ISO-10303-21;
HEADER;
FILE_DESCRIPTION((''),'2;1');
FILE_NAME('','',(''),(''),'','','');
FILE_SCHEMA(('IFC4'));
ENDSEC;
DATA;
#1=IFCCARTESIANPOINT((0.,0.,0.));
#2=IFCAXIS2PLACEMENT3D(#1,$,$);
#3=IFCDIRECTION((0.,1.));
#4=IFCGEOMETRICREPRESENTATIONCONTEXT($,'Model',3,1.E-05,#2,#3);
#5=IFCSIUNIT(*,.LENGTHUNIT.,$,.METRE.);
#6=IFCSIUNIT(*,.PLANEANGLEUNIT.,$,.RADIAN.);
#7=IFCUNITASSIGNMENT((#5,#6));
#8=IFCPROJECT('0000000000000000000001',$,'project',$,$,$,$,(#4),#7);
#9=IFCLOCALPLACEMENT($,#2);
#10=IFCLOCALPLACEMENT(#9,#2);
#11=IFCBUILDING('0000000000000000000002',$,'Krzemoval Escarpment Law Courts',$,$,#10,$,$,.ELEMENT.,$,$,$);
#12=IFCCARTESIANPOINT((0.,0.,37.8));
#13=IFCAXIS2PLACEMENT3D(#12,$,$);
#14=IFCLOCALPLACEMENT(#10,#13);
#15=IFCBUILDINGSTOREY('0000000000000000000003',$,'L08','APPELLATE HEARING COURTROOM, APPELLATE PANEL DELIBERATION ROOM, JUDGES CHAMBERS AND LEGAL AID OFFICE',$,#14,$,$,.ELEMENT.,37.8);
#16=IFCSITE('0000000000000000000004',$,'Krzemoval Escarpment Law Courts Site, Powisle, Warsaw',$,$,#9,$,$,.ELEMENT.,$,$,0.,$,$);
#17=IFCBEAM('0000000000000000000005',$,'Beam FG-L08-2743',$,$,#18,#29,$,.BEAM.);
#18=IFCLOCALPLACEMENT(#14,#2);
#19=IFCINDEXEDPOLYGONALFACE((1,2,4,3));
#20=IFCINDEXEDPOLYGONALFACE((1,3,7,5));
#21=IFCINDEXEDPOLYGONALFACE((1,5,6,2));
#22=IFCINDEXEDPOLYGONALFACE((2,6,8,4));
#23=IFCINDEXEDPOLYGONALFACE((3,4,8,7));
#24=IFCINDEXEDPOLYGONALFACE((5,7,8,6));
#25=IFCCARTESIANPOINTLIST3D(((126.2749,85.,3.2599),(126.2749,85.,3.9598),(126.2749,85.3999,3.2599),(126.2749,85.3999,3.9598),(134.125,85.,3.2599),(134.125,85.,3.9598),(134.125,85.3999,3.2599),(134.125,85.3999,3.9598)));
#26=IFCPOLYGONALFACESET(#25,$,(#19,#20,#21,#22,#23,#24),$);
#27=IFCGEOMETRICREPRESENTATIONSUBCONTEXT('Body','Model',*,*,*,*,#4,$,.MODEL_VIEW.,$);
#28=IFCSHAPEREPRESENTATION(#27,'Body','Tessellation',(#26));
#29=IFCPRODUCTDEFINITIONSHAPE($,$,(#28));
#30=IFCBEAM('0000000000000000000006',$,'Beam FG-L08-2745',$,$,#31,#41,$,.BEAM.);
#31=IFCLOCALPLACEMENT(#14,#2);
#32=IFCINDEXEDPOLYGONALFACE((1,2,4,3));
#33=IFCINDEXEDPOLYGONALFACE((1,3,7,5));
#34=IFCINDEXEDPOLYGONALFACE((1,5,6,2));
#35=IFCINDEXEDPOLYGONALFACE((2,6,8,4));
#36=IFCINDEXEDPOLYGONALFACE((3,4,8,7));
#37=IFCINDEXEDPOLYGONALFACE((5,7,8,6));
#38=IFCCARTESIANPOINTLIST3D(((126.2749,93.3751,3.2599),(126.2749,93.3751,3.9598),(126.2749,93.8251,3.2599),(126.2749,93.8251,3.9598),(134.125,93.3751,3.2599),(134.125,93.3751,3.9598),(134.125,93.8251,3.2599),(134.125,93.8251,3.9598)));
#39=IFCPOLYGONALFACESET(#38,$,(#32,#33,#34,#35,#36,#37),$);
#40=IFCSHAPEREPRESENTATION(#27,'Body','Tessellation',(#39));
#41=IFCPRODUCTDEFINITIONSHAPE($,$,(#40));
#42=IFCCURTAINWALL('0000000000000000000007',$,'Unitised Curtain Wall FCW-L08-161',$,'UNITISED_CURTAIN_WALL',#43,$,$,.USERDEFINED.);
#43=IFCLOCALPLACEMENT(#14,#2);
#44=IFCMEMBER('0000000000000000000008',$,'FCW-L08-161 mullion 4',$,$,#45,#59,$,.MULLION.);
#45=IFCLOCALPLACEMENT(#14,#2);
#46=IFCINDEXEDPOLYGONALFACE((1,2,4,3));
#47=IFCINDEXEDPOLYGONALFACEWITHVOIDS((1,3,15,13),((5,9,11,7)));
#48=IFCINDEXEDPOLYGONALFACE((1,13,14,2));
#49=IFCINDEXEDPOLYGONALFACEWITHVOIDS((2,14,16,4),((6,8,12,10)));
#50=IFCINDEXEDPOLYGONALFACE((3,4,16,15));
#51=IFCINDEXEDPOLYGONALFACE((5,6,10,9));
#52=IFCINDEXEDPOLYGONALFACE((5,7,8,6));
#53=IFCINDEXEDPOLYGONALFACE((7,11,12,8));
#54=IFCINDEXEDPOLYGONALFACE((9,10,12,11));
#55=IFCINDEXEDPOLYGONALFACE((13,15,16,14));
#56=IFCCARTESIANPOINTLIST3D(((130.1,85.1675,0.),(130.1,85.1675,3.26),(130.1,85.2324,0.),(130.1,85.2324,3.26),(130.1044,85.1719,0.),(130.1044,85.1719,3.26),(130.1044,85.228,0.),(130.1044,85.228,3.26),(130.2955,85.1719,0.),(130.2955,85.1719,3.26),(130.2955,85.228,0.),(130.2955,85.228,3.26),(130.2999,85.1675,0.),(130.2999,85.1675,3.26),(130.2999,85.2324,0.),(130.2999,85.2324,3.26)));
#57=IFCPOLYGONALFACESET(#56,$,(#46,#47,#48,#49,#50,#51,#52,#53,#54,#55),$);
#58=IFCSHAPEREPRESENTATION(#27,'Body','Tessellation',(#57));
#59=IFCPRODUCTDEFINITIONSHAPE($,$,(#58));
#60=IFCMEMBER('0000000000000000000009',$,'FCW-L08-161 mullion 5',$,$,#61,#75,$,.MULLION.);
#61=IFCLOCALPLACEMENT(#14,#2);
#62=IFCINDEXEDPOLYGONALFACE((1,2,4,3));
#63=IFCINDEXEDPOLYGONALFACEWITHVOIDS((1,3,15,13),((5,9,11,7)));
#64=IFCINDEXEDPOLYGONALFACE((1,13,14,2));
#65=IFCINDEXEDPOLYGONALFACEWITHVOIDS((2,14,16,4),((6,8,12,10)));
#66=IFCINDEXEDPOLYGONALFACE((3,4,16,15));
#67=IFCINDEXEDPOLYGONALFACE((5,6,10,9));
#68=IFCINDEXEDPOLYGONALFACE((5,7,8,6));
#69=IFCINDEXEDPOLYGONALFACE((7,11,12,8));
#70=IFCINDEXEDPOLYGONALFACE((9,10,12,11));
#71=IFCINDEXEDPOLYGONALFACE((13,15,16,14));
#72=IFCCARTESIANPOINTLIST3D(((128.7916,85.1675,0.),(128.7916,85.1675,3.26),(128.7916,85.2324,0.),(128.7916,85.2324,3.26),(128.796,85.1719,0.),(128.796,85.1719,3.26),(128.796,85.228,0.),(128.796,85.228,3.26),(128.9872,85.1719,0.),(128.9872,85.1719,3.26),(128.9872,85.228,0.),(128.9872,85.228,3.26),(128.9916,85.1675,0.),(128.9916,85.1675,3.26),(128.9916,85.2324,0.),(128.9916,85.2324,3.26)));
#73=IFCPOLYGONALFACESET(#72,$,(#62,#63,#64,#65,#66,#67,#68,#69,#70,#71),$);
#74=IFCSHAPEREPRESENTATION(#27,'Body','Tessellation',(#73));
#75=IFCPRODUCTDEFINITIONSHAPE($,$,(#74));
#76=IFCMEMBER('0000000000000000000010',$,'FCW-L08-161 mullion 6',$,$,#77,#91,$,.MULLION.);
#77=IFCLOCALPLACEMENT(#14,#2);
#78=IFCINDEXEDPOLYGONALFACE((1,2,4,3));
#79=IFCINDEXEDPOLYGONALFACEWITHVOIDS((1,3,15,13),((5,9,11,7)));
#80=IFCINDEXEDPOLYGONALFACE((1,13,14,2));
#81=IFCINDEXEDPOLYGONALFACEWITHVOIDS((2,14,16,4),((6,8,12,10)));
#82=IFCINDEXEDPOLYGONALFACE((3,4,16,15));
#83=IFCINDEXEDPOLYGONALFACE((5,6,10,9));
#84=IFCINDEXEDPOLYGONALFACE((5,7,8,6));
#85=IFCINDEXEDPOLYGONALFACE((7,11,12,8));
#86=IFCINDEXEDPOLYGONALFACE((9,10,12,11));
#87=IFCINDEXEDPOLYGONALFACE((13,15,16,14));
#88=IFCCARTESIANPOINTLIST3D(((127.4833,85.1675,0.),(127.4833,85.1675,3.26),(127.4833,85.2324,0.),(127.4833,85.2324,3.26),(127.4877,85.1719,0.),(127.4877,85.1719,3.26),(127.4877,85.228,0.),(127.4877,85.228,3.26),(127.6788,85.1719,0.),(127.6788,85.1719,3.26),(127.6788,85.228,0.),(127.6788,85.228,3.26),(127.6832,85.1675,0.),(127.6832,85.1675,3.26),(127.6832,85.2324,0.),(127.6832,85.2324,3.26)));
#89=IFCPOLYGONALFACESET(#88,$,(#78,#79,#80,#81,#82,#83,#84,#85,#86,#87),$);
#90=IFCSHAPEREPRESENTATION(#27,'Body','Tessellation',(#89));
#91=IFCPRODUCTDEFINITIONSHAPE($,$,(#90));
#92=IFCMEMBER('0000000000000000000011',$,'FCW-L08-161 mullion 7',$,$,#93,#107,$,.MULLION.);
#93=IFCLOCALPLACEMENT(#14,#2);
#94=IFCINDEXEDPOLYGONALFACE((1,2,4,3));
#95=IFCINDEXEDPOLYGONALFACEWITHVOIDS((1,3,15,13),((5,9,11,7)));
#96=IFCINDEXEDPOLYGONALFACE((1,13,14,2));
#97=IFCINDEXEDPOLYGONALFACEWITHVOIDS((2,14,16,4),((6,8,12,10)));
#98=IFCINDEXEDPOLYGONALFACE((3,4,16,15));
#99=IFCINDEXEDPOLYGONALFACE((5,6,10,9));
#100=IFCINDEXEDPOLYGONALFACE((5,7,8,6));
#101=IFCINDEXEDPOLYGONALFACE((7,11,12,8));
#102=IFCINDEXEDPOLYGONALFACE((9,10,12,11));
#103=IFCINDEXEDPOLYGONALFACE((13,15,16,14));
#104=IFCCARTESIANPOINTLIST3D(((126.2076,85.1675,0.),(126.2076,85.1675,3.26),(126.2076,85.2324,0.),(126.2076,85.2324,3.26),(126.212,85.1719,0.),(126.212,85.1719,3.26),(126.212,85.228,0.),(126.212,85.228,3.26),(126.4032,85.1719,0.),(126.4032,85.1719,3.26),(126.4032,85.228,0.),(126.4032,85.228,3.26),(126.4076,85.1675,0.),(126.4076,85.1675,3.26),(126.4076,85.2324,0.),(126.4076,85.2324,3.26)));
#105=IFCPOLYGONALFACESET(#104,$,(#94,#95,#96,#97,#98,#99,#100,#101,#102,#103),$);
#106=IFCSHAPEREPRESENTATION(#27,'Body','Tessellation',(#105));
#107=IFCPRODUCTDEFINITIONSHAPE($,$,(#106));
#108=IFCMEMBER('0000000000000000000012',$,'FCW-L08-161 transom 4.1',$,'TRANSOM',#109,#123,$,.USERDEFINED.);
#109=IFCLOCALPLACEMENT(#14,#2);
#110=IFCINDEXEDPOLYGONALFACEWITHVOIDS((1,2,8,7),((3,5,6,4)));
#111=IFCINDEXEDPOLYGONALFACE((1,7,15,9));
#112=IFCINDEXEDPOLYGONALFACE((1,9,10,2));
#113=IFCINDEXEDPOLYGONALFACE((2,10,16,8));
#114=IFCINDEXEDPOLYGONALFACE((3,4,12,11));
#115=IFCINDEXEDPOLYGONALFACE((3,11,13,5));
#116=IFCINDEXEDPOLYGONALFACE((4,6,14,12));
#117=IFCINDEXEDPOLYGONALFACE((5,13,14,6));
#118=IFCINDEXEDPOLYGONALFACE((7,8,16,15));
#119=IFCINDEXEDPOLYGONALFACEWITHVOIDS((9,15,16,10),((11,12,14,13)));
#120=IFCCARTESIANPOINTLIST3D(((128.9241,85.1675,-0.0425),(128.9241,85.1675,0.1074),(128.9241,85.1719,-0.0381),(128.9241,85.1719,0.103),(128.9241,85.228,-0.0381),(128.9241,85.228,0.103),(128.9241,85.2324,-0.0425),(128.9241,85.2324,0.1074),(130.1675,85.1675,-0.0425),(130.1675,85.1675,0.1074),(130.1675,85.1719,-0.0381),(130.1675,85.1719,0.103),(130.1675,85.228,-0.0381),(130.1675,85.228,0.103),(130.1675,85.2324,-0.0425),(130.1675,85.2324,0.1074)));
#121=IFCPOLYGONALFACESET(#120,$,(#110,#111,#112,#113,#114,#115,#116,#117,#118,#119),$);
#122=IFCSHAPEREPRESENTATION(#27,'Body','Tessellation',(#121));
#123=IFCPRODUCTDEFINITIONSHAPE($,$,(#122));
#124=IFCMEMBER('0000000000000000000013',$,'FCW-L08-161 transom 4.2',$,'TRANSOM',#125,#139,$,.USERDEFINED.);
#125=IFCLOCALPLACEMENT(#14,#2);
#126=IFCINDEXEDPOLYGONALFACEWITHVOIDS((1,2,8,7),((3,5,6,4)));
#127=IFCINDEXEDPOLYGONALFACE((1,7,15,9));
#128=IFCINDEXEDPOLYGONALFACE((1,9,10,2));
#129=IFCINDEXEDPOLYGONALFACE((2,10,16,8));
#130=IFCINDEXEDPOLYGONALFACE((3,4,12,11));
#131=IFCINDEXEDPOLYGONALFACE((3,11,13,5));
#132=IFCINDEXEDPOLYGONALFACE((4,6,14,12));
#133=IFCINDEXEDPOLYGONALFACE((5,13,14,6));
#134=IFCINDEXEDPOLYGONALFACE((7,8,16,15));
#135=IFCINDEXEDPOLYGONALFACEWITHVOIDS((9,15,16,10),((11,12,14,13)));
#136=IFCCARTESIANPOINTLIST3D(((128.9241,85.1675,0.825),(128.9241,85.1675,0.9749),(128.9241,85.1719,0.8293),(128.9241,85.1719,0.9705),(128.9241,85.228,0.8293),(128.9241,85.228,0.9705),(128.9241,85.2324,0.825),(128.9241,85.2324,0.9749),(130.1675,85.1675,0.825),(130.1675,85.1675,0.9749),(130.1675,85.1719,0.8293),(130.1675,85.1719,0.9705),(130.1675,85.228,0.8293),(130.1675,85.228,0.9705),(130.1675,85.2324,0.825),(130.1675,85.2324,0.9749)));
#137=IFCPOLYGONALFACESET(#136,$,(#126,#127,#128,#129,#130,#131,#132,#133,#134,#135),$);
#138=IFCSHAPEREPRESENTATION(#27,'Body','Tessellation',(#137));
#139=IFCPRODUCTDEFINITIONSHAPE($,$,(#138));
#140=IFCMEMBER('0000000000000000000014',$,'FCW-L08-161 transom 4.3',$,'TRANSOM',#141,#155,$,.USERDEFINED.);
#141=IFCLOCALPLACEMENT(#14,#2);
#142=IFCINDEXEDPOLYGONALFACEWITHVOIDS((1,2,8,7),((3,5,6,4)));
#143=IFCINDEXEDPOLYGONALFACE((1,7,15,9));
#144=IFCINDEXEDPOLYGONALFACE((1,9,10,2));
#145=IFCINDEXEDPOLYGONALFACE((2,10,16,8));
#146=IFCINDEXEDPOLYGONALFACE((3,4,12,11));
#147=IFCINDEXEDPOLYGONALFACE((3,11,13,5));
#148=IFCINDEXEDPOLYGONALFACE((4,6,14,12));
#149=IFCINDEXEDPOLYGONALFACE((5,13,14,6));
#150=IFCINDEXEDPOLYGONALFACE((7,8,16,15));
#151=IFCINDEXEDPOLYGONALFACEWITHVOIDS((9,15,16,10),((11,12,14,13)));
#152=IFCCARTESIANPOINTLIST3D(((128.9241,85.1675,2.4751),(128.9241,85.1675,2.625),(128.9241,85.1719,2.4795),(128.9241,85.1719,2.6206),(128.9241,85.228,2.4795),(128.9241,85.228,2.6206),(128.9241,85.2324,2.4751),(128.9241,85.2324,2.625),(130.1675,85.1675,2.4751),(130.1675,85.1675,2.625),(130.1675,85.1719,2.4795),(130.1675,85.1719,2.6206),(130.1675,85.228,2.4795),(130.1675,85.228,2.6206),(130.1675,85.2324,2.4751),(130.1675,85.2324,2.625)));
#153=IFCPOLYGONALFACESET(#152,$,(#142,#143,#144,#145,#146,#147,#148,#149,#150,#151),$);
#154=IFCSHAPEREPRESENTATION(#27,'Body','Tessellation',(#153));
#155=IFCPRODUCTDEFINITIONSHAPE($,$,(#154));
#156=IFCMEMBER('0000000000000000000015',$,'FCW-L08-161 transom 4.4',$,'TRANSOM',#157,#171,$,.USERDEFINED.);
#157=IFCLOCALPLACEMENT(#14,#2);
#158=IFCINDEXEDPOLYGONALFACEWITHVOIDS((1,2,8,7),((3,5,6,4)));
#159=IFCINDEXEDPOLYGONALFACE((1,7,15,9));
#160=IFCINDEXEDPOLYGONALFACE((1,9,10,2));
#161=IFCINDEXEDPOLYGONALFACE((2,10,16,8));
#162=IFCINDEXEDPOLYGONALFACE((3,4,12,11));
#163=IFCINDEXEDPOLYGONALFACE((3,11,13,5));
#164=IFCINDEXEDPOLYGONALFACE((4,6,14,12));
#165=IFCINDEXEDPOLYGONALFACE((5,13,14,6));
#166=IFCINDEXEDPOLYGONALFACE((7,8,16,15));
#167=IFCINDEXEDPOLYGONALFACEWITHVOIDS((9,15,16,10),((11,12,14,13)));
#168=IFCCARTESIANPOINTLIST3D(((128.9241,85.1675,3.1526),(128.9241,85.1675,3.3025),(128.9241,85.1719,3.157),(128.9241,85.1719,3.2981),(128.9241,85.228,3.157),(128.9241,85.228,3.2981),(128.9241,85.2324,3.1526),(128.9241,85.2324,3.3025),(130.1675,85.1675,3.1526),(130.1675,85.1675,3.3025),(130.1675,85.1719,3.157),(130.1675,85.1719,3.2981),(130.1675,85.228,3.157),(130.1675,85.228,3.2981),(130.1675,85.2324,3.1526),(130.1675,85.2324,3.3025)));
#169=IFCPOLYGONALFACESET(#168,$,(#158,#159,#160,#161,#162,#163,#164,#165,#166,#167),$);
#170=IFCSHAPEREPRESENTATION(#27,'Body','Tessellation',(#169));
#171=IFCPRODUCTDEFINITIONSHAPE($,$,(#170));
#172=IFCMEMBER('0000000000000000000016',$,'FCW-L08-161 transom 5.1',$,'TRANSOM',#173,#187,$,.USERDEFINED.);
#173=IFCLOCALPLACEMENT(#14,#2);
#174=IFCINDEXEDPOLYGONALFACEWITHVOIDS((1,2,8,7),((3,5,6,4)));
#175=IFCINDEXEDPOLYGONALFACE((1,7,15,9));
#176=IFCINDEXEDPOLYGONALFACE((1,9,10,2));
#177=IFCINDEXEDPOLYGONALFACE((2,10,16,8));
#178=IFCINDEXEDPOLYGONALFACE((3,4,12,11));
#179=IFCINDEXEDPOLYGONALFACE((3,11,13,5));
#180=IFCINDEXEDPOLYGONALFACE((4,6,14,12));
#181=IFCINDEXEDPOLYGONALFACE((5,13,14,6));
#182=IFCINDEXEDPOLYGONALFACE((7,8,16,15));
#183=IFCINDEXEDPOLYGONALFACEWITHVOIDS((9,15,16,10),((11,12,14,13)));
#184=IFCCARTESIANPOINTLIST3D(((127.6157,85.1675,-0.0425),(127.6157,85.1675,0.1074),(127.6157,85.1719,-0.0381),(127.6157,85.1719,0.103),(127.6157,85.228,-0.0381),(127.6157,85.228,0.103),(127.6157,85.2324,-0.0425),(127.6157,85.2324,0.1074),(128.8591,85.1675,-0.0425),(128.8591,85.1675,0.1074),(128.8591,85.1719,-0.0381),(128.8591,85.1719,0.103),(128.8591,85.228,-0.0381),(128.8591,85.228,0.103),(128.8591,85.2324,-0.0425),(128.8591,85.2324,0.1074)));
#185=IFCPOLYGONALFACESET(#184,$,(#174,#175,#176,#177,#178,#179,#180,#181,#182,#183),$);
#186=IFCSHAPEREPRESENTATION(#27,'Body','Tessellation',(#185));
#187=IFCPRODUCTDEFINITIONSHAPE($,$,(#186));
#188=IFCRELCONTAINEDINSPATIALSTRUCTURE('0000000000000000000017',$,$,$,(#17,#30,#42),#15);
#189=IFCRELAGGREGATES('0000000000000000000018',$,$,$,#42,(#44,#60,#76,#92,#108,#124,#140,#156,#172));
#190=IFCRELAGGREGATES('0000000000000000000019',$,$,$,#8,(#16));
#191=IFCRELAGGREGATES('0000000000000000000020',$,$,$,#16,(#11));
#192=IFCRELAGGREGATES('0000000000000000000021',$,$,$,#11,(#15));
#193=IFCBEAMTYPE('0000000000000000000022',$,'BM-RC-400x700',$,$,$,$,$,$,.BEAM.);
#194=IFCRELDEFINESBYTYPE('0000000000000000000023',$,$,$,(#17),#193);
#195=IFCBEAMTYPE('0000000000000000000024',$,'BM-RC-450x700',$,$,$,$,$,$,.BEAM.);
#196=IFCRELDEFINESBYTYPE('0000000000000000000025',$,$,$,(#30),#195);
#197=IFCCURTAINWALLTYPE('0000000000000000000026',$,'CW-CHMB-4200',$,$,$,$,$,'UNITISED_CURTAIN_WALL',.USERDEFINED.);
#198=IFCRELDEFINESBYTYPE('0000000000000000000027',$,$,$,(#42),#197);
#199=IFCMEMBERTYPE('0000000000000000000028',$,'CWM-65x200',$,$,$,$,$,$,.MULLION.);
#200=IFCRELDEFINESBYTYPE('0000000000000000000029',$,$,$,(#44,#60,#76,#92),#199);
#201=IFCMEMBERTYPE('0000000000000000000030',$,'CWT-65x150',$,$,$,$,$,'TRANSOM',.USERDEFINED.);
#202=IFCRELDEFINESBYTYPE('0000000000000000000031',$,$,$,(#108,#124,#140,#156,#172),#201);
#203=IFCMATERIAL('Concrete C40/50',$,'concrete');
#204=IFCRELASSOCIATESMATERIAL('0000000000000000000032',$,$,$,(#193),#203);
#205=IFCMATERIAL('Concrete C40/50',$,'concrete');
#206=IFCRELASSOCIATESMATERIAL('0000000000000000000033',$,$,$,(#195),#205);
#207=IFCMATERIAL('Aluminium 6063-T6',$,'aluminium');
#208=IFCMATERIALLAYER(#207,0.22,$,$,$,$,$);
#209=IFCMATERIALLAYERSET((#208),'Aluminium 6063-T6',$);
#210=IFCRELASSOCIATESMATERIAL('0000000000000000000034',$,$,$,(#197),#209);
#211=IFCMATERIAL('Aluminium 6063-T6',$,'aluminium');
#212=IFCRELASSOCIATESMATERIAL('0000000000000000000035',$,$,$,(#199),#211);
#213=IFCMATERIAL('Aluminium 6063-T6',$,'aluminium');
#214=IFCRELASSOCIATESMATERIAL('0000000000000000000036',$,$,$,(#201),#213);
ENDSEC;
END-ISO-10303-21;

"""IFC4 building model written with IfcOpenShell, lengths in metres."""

from ifc_helpers import new_model, si_unit, direction, frame, origin, origin_2d, place, context, subcontext, project, spatial, rectangle, hollow_rectangle, extrude, material, layer, layer_set, material_profile, profile_set, type_object, element, aggregate, save


model = new_model("IFC4")

# Units and contexts
model_context = context("Model", 3, precision=1e-05, world=origin(), true_north=direction((0.0, 1.0)))
body_context = subcontext(model_context, "Body", "Model", "MODEL_VIEW")
ifc_project = project(units=[si_unit("LENGTHUNIT", "METRE"), si_unit("PLANEANGLEUNIT", "RADIAN")], contexts=[model_context])

# Site, building, storey
site_placement = place(None, origin())
site = spatial("IfcSite", under=ifc_project, at=site_placement, Name="Krzemoval Escarpment Law Courts Site, Powisle, Warsaw", CompositionType="ELEMENT", RefElevation=0.0)
building_placement = place(site_placement, origin())
building = spatial("IfcBuilding", under=site, at=building_placement, Name="Krzemoval Escarpment Law Courts", CompositionType="ELEMENT")
storey_placement = place(building_placement, frame((0.0, 0.0, 37.8)))
storey = spatial("IfcBuildingStorey", under=building, at=storey_placement, Name="L08", Description="APPELLATE HEARING COURTROOM, APPELLATE PANEL DELIBERATION ROOM, JUDGES CHAMBERS AND LEGAL AID OFFICE", CompositionType="ELEMENT", Elevation=37.8)

# Beams
ifc_material_1 = material(Name="Concrete C40/50", Category="concrete")
ifc_material_profile_1 = material_profile(ifc_material_1, rectangle(XDim=0.3999, YDim=0.7, at=origin_2d()), Name="RCB 400x700")
ifc_profile_set_1 = profile_set([ifc_material_profile_1], Name="Concrete C40/50")
beam_type_1 = type_object("IfcBeamType", Name="BM-RC-400x700", PredefinedType="BEAM", material=ifc_profile_set_1)
beam_1_placement = place(storey_placement, frame((126.2749, 85.2, 3.6099), z_axis=(1.0, 0.0, 0.0), x_axis=(0.0, 1.0, 0.0)))
element("IfcBeam", 1, at=beam_1_placement, inside=storey, type_object=beam_type_1, Name="Beam FG-L08-2743", PredefinedType="BEAM", context=body_context, shape_type="SweptSolid", body=[
    extrude(rectangle(XDim=0.3999, YDim=0.7, at=origin_2d()), origin(), (0.0, 0.0, 1.0), 7.8501),
])
ifc_material_2 = material(Name="Concrete C40/50", Category="concrete")
ifc_material_profile_2 = material_profile(ifc_material_2, rectangle(XDim=0.45, YDim=0.7, at=origin_2d()), Name="RCB 450x700")
ifc_profile_set_2 = profile_set([ifc_material_profile_2], Name="Concrete C40/50")
beam_type_2 = type_object("IfcBeamType", Name="BM-RC-450x700", PredefinedType="BEAM", material=ifc_profile_set_2)
beam_2_placement = place(storey_placement, frame((126.2749, 93.6001, 3.6099), z_axis=(1.0, 0.0, 0.0), x_axis=(0.0, 1.0, 0.0)))
element("IfcBeam", 2, at=beam_2_placement, inside=storey, type_object=beam_type_2, Name="Beam FG-L08-2745", PredefinedType="BEAM", context=body_context, shape_type="SweptSolid", body=[
    extrude(rectangle(XDim=0.45, YDim=0.7, at=origin_2d()), origin(), (0.0, 0.0, 1.0), 7.8501),
])

# Curtain wall, members
ifc_material_3 = material(Name="Aluminium 6063-T6", Category="aluminium")
ifc_layer_1 = layer(ifc_material_3, 0.22)
ifc_layer_set_1 = layer_set([ifc_layer_1], Name="Aluminium 6063-T6")
curtain_wall_type = type_object("IfcCurtainWallType", Name="CW-CHMB-4200", ElementType="UNITISED_CURTAIN_WALL", PredefinedType="USERDEFINED", material=ifc_layer_set_1)
curtain_wall_placement = place(storey_placement, origin())
curtain_wall = element("IfcCurtainWall", 3, at=curtain_wall_placement, inside=storey, type_object=curtain_wall_type, Name="Unitised Curtain Wall FCW-L08-161", ObjectType="UNITISED_CURTAIN_WALL", PredefinedType="USERDEFINED")
ifc_material_4 = material(Name="Aluminium 6063-T6", Category="aluminium")
ifc_material_profile_3 = material_profile(ifc_material_4, hollow_rectangle(XDim=0.0649, YDim=0.2, WallThickness=0.0044, at=origin_2d()), Name="ALU M65x200")
ifc_profile_set_3 = profile_set([ifc_material_profile_3], Name="Aluminium 6063-T6")
member_type_1 = type_object("IfcMemberType", Name="CWM-65x200", PredefinedType="MULLION", material=ifc_profile_set_3)
member_1_placement = place(storey_placement, frame((130.2, 85.2, 0.0), z_axis=(0.0, 0.0, 1.0), x_axis=(0.0, -1.0, 0.0)))
member_1 = element("IfcMember", 4, at=member_1_placement, type_object=member_type_1, Name="FCW-L08-161 mullion 4", PredefinedType="MULLION", context=body_context, shape_type="SweptSolid", body=[
    extrude(hollow_rectangle(XDim=0.0649, YDim=0.2, WallThickness=0.0044, at=origin_2d()), origin(), (0.0, 0.0, 1.0), 3.26),
])
member_2_placement = place(storey_placement, frame((128.8916, 85.2, 0.0), z_axis=(0.0, 0.0, 1.0), x_axis=(0.0, -1.0, 0.0)))
member_2 = element("IfcMember", 5, at=member_2_placement, type_object=member_type_1, Name="FCW-L08-161 mullion 5", PredefinedType="MULLION", context=body_context, shape_type="SweptSolid", body=[
    extrude(hollow_rectangle(XDim=0.0649, YDim=0.2, WallThickness=0.0044, at=origin_2d()), origin(), (0.0, 0.0, 1.0), 3.26),
])
member_3_placement = place(storey_placement, frame((127.5833, 85.2, 0.0), z_axis=(0.0, 0.0, 1.0), x_axis=(0.0, -1.0, 0.0)))
member_3 = element("IfcMember", 6, at=member_3_placement, type_object=member_type_1, Name="FCW-L08-161 mullion 6", PredefinedType="MULLION", context=body_context, shape_type="SweptSolid", body=[
    extrude(hollow_rectangle(XDim=0.0649, YDim=0.2, WallThickness=0.0044, at=origin_2d()), origin(), (0.0, 0.0, 1.0), 3.26),
])
member_4_placement = place(storey_placement, frame((126.3076, 85.2, 0.0), z_axis=(0.0, 0.0, 1.0), x_axis=(0.0, -1.0, 0.0)))
member_4 = element("IfcMember", 7, at=member_4_placement, type_object=member_type_1, Name="FCW-L08-161 mullion 7", PredefinedType="MULLION", context=body_context, shape_type="SweptSolid", body=[
    extrude(hollow_rectangle(XDim=0.0649, YDim=0.2, WallThickness=0.0044, at=origin_2d()), origin(), (0.0, 0.0, 1.0), 3.26),
])
ifc_material_5 = material(Name="Aluminium 6063-T6", Category="aluminium")
ifc_material_profile_4 = material_profile(ifc_material_5, hollow_rectangle(XDim=0.0649, YDim=0.1499, WallThickness=0.0044, at=origin_2d()), Name="ALU T65x150")
ifc_profile_set_4 = profile_set([ifc_material_profile_4], Name="Aluminium 6063-T6")
member_type_2 = type_object("IfcMemberType", Name="CWT-65x150", ElementType="TRANSOM", PredefinedType="USERDEFINED", material=ifc_profile_set_4)
member_5_placement = place(storey_placement, frame((130.1675, 85.2, 0.0325), z_axis=(-1.0, 0.0, 0.0), x_axis=(0.0, -1.0, 0.0)))
member_5 = element("IfcMember", 8, at=member_5_placement, type_object=member_type_2, Name="FCW-L08-161 transom 4.1", ObjectType="TRANSOM", PredefinedType="USERDEFINED", context=body_context, shape_type="SweptSolid", body=[
    extrude(hollow_rectangle(XDim=0.0649, YDim=0.1499, WallThickness=0.0044, at=origin_2d()), origin(), (0.0, 0.0, 1.0), 1.2434),
])
member_6_placement = place(storey_placement, frame((130.1675, 85.2, 0.8999), z_axis=(-1.0, 0.0, 0.0), x_axis=(0.0, -1.0, 0.0)))
member_6 = element("IfcMember", 9, at=member_6_placement, type_object=member_type_2, Name="FCW-L08-161 transom 4.2", ObjectType="TRANSOM", PredefinedType="USERDEFINED", context=body_context, shape_type="SweptSolid", body=[
    extrude(hollow_rectangle(XDim=0.0649, YDim=0.1499, WallThickness=0.0044, at=origin_2d()), origin(), (0.0, 0.0, 1.0), 1.2434),
])
member_7_placement = place(storey_placement, frame((130.1675, 85.2, 2.55), z_axis=(-1.0, 0.0, 0.0), x_axis=(0.0, -1.0, 0.0)))
member_7 = element("IfcMember", 10, at=member_7_placement, type_object=member_type_2, Name="FCW-L08-161 transom 4.3", ObjectType="TRANSOM", PredefinedType="USERDEFINED", context=body_context, shape_type="SweptSolid", body=[
    extrude(hollow_rectangle(XDim=0.0649, YDim=0.1499, WallThickness=0.0044, at=origin_2d()), origin(), (0.0, 0.0, 1.0), 1.2434),
])
member_8_placement = place(storey_placement, frame((130.1675, 85.2, 3.2275), z_axis=(-1.0, 0.0, 0.0), x_axis=(0.0, -1.0, 0.0)))
member_8 = element("IfcMember", 11, at=member_8_placement, type_object=member_type_2, Name="FCW-L08-161 transom 4.4", ObjectType="TRANSOM", PredefinedType="USERDEFINED", context=body_context, shape_type="SweptSolid", body=[
    extrude(hollow_rectangle(XDim=0.0649, YDim=0.1499, WallThickness=0.0044, at=origin_2d()), origin(), (0.0, 0.0, 1.0), 1.2434),
])
member_9_placement = place(storey_placement, frame((128.8591, 85.2, 0.0325), z_axis=(-1.0, 0.0, 0.0), x_axis=(0.0, -1.0, 0.0)))
member_9 = element("IfcMember", 12, at=member_9_placement, type_object=member_type_2, Name="FCW-L08-161 transom 5.1", ObjectType="TRANSOM", PredefinedType="USERDEFINED", context=body_context, shape_type="SweptSolid", body=[
    extrude(hollow_rectangle(XDim=0.0649, YDim=0.1499, WallThickness=0.0044, at=origin_2d()), origin(), (0.0, 0.0, 1.0), 1.2434),
])

aggregate(curtain_wall, [member_1, member_2, member_3, member_4, member_5, member_6, member_7, member_8, member_9])

save(model, "model.ifc")
